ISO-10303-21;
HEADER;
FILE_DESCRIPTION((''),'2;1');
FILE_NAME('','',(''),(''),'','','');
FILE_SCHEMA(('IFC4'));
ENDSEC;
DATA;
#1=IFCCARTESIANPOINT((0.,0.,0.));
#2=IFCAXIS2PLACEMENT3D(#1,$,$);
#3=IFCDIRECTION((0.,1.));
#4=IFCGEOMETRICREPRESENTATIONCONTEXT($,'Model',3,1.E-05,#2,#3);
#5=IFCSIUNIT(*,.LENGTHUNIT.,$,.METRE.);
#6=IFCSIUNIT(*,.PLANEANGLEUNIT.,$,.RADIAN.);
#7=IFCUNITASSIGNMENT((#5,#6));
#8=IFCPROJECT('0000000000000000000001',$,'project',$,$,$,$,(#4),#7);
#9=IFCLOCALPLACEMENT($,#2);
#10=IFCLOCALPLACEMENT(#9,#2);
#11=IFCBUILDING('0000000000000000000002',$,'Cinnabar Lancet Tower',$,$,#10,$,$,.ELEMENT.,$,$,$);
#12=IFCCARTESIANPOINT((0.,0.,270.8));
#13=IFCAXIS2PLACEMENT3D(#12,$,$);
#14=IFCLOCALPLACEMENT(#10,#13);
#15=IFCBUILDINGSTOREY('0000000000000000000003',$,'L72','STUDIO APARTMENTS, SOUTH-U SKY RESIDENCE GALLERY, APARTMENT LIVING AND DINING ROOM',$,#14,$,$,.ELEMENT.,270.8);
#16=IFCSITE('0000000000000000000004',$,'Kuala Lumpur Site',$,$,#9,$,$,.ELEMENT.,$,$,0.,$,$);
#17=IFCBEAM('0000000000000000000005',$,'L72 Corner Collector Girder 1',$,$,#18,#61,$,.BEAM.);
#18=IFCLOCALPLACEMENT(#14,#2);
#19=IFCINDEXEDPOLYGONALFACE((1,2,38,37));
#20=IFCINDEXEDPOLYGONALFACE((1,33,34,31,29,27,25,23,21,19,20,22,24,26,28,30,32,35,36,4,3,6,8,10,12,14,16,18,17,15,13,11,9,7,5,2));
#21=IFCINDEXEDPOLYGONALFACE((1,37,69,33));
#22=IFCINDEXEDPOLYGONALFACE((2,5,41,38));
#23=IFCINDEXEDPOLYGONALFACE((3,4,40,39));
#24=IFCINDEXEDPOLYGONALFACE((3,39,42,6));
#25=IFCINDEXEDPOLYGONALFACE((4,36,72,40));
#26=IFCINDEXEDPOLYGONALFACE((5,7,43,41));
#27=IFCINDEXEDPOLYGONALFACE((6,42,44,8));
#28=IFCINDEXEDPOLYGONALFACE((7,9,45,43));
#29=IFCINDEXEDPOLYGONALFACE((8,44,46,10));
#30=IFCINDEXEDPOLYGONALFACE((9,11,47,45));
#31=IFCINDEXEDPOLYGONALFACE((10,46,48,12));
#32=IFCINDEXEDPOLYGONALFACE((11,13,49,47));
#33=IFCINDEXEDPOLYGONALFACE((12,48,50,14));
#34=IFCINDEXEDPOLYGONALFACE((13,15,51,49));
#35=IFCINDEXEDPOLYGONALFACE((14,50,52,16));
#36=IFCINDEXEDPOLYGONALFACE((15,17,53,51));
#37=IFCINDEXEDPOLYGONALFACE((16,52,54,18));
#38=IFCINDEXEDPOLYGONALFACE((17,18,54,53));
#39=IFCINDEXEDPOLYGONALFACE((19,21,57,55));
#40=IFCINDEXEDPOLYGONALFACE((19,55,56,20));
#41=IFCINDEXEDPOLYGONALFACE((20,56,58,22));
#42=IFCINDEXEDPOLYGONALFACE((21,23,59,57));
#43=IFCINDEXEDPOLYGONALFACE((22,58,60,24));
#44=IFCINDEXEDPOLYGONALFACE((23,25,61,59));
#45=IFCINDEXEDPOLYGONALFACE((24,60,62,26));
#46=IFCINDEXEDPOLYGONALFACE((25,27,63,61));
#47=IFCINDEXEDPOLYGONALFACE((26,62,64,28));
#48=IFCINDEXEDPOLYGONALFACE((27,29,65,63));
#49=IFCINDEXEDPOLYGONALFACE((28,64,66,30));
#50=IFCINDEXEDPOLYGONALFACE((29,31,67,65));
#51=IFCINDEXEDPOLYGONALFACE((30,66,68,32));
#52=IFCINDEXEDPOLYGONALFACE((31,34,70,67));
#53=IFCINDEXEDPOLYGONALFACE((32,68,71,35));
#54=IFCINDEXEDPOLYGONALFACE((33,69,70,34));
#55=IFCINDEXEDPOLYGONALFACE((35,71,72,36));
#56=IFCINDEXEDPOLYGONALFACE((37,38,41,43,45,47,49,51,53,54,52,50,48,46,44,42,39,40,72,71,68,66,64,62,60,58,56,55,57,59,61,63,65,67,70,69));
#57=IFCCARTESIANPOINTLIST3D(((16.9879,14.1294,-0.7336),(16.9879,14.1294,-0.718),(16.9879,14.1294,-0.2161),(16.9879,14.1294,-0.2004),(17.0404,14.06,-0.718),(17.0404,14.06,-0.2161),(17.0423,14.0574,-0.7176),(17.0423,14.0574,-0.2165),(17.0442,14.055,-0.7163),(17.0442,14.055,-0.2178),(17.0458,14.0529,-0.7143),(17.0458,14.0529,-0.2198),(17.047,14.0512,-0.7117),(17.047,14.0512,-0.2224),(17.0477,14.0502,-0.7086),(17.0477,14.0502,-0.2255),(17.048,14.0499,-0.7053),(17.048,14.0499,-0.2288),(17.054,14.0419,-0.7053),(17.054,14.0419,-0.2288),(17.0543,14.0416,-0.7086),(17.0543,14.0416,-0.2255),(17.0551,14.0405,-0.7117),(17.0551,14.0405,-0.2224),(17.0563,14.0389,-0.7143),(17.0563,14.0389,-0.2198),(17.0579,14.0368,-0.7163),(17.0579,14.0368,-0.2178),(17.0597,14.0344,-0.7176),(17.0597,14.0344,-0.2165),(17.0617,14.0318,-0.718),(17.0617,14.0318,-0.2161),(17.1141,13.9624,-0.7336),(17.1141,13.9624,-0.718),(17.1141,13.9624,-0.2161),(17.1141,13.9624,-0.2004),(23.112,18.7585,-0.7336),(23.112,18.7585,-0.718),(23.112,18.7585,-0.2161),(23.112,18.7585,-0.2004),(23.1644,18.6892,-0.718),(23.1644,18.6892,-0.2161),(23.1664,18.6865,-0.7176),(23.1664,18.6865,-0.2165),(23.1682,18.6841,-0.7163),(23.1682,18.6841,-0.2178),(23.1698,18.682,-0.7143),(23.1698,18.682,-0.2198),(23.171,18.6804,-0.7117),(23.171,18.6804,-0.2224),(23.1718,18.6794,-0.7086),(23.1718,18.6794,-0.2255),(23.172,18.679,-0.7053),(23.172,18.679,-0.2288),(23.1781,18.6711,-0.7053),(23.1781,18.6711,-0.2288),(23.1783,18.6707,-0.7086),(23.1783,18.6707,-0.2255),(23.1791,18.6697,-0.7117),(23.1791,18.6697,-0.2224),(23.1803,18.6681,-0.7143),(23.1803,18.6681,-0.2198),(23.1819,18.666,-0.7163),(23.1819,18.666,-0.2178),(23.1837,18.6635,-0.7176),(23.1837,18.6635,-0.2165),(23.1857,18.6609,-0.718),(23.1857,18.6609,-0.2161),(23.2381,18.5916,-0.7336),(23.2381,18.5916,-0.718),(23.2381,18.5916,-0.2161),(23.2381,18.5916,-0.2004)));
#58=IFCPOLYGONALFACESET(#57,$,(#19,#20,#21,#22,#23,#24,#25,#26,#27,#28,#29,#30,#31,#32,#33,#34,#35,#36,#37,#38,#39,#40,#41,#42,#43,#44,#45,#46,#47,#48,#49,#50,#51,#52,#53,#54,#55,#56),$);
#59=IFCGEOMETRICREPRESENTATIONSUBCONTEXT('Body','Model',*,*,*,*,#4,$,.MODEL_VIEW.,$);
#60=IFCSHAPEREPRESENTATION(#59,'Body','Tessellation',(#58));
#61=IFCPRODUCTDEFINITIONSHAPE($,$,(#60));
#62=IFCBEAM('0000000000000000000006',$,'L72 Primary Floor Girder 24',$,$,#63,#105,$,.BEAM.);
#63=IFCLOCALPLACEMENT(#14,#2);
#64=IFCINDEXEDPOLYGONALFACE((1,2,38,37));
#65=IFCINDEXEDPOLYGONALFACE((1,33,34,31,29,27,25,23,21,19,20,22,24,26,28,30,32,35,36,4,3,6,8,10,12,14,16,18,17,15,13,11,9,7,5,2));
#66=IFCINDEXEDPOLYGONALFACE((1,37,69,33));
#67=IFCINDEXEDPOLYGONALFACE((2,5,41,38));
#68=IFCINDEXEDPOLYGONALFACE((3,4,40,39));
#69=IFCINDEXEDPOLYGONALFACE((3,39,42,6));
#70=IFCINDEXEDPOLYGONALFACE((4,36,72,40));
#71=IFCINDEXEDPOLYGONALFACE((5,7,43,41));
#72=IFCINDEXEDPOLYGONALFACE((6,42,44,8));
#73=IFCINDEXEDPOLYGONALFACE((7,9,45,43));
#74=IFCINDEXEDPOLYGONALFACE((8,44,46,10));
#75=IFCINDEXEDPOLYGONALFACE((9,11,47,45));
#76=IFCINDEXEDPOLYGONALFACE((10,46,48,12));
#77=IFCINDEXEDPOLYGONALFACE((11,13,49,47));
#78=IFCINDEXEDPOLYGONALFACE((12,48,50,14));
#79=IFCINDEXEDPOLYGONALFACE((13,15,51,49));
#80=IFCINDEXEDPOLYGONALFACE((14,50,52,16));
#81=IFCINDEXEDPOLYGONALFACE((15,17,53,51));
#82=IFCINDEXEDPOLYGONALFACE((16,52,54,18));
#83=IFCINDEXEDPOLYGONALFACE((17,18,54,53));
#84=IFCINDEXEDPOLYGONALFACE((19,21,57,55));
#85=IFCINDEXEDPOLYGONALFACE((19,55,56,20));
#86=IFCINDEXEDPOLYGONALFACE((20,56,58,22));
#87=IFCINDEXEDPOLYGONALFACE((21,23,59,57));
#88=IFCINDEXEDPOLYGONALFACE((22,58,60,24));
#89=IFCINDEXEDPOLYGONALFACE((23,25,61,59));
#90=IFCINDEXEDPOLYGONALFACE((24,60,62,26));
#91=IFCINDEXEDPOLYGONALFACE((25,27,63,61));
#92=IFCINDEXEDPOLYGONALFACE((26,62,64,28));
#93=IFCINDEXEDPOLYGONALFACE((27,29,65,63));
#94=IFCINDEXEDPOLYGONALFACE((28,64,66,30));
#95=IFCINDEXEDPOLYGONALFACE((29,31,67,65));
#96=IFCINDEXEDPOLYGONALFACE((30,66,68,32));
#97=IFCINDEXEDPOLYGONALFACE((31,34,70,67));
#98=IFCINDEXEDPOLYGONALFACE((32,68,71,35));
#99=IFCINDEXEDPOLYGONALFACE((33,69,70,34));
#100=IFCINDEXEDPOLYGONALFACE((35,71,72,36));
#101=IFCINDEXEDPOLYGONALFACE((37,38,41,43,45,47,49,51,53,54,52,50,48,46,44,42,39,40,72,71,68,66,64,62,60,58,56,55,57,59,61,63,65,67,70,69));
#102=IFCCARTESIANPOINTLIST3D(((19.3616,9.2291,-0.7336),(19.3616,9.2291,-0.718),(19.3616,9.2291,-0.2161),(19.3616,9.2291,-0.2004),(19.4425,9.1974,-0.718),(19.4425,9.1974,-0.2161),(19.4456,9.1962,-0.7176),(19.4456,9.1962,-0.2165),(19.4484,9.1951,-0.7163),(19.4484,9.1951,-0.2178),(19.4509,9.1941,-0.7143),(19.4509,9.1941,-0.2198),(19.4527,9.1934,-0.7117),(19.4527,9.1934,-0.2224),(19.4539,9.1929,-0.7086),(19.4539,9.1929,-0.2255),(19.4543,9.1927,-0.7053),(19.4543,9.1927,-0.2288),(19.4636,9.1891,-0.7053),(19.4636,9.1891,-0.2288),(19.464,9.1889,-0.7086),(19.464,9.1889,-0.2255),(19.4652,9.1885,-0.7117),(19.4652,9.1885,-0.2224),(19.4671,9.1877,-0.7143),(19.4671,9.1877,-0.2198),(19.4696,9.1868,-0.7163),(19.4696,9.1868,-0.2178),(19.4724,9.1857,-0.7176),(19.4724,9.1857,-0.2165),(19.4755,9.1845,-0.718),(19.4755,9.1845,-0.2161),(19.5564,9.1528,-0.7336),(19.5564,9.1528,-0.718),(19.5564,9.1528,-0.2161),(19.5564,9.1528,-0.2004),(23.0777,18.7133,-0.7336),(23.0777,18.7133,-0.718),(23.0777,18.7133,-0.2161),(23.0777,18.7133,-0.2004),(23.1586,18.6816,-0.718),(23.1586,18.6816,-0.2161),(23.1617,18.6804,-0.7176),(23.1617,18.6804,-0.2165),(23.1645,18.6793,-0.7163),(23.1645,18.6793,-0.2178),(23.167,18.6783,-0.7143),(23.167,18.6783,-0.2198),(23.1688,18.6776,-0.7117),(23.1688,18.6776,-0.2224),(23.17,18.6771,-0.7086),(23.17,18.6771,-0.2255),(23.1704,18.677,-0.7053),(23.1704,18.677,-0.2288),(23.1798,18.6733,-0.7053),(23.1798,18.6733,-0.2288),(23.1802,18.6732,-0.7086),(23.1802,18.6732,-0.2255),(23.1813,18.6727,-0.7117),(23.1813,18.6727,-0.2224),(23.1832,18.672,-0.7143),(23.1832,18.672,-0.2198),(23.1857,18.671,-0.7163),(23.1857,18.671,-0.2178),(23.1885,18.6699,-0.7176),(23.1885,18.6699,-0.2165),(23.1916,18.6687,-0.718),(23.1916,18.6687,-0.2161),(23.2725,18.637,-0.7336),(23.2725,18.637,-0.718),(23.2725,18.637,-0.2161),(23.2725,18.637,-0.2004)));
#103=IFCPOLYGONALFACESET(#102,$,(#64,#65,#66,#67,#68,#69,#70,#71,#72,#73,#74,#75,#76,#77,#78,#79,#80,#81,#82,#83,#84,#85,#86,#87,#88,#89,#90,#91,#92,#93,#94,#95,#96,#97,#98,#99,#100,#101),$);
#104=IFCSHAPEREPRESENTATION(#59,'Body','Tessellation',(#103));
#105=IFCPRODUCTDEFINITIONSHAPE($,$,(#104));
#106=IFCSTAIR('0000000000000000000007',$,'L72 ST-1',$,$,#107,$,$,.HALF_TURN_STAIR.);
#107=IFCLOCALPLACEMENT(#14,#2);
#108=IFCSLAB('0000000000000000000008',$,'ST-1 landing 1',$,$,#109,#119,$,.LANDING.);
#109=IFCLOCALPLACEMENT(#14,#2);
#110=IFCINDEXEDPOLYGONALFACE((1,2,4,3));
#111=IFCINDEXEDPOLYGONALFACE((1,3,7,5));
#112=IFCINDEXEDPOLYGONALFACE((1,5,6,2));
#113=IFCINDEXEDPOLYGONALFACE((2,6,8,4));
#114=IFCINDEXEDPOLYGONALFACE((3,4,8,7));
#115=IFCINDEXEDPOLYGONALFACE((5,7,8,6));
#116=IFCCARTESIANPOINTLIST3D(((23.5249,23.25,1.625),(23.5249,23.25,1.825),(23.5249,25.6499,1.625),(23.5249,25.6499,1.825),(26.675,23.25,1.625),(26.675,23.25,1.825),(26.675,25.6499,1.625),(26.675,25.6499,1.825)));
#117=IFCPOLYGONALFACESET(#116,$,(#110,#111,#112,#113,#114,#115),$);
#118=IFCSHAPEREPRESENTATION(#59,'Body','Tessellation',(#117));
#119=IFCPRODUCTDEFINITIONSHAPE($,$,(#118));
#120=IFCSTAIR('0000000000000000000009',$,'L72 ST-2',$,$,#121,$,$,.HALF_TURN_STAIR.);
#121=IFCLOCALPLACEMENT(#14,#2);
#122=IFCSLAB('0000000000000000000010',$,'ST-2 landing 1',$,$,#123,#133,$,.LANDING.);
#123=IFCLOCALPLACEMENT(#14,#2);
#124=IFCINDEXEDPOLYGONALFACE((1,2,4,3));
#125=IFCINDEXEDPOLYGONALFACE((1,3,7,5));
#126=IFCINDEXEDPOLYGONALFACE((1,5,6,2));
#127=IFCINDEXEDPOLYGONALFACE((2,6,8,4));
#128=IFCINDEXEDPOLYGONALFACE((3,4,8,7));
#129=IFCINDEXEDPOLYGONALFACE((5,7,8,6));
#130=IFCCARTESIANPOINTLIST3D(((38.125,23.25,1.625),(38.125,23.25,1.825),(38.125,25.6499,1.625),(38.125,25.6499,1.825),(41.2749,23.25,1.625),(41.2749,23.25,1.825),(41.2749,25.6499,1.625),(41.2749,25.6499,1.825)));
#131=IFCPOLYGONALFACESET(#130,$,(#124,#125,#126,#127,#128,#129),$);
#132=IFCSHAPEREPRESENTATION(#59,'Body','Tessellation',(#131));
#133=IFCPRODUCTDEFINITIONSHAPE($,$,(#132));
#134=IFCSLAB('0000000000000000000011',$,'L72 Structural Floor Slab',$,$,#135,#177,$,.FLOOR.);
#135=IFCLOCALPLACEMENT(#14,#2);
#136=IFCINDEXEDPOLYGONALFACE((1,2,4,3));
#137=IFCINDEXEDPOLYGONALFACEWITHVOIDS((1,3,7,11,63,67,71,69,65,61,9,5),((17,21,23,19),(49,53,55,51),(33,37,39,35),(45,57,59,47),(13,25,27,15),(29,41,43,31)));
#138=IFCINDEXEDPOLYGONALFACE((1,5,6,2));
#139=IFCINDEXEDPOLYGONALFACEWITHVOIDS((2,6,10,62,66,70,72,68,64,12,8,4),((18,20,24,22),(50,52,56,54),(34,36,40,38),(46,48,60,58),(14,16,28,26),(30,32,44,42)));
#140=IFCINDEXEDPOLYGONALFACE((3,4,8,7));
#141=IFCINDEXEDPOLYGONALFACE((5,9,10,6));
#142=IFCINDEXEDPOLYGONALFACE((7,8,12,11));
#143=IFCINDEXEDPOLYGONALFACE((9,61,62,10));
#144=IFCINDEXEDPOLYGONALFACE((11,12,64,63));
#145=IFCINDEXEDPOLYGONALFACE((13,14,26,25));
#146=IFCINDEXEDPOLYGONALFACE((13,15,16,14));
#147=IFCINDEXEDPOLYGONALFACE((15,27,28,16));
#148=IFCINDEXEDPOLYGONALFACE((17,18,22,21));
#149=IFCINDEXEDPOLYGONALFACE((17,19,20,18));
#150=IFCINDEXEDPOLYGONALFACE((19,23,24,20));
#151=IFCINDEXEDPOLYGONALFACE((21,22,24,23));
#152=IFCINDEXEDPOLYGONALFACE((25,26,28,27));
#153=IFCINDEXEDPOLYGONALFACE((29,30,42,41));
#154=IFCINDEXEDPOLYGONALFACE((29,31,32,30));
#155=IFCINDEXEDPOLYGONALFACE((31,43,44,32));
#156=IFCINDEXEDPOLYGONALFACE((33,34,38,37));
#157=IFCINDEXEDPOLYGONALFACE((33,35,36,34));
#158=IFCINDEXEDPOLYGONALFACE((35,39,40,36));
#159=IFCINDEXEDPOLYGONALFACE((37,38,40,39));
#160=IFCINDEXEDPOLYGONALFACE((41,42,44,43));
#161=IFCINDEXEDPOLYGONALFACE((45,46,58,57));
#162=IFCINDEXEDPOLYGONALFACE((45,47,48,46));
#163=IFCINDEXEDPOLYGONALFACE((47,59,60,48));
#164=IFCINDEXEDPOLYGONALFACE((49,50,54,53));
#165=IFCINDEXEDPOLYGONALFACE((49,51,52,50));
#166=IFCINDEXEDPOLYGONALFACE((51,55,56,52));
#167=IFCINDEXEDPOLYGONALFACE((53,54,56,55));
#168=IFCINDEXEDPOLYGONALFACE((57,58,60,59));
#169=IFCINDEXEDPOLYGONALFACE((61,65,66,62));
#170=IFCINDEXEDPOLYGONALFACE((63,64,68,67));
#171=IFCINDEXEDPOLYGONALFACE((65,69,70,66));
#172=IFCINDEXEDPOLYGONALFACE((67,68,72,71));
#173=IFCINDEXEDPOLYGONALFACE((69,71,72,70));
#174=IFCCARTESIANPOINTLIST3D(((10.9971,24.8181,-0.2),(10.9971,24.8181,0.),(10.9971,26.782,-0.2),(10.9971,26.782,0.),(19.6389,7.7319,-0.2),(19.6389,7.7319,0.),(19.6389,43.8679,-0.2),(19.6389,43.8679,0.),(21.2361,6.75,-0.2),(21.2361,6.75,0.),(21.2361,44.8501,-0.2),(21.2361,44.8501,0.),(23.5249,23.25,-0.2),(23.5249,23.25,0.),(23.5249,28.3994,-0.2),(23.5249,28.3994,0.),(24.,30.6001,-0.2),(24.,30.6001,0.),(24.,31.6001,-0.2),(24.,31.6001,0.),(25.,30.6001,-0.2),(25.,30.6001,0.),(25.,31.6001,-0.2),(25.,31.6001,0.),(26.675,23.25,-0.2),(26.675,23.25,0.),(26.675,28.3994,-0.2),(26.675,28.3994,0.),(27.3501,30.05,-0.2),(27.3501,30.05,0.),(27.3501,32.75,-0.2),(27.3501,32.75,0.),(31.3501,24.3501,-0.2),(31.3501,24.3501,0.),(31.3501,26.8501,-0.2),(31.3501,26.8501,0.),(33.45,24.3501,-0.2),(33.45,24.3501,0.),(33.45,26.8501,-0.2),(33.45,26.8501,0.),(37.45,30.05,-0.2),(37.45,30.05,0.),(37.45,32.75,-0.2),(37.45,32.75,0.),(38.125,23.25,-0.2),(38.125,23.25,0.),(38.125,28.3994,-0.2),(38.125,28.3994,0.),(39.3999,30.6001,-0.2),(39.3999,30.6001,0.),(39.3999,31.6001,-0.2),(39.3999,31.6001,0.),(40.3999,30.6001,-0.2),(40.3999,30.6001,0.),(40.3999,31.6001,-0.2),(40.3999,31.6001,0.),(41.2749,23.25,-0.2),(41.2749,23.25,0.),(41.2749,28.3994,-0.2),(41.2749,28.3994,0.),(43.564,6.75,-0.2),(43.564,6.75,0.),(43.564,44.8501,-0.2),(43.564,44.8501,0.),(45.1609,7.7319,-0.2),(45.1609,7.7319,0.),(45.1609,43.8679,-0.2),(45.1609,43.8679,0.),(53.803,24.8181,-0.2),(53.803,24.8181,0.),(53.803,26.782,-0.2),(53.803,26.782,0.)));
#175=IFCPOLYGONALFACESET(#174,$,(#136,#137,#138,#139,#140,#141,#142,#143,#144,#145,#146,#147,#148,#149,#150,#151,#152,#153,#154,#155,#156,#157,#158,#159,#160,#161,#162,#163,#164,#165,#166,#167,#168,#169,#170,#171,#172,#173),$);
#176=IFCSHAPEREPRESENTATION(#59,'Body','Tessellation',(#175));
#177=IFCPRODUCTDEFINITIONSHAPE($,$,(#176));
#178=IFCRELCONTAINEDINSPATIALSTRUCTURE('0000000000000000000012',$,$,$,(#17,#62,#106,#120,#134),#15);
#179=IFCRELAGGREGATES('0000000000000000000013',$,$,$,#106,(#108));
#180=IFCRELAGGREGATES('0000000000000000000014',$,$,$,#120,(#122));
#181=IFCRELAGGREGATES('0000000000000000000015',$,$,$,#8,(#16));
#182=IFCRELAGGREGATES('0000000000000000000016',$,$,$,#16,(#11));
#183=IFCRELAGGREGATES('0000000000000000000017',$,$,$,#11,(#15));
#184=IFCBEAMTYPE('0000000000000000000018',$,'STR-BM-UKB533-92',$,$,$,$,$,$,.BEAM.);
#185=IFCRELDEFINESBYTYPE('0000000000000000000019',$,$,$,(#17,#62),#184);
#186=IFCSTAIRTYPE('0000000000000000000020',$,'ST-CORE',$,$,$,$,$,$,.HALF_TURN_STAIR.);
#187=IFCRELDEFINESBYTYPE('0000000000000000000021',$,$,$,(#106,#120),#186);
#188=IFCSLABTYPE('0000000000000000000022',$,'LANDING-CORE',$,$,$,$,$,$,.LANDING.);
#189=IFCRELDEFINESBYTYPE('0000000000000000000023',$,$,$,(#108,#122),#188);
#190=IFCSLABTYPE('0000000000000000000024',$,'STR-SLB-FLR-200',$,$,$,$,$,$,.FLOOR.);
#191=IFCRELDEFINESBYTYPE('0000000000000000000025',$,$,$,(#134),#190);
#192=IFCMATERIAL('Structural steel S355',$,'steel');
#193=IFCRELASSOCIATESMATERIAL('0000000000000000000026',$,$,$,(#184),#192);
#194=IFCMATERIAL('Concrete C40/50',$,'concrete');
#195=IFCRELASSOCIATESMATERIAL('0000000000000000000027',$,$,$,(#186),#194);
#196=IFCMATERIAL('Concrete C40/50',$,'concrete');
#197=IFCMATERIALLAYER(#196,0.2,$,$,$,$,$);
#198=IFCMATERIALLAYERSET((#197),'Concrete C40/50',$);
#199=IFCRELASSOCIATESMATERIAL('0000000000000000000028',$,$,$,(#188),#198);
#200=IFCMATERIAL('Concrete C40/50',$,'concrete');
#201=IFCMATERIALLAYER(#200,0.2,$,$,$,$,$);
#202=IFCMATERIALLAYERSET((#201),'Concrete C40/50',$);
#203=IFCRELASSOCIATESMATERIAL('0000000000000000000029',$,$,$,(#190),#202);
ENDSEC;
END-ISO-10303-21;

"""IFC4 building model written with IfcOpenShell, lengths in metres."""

from ifc_helpers import new_model, si_unit, direction, frame, origin, origin_2d, place, context, subcontext, project, spatial, polyline, i_section, outline, extrude, material, layer, layer_set, material_profile, profile_set, type_object, element, aggregate, save


model = new_model("IFC4")

# Units and contexts
model_context = context("Model", 3, precision=1e-05, world=origin(), true_north=direction((0.0, 1.0)))
body_context = subcontext(model_context, "Body", "Model", "MODEL_VIEW")
ifc_project = project(units=[si_unit("LENGTHUNIT", "METRE"), si_unit("PLANEANGLEUNIT", "RADIAN")], contexts=[model_context])

# Site, building, storey
site_placement = place(None, origin())
site = spatial("IfcSite", under=ifc_project, at=site_placement, Name="Kuala Lumpur Site", CompositionType="ELEMENT", RefElevation=0.0)
building_placement = place(site_placement, origin())
building = spatial("IfcBuilding", under=site, at=building_placement, Name="Cinnabar Lancet Tower", CompositionType="ELEMENT")
storey_placement = place(building_placement, frame((0.0, 0.0, 270.8)))
storey = spatial("IfcBuildingStorey", under=building, at=storey_placement, Name="L72", Description="STUDIO APARTMENTS, SOUTH-U SKY RESIDENCE GALLERY, APARTMENT LIVING AND DINING ROOM", CompositionType="ELEMENT", Elevation=270.8)

# Beams
ifc_material_1 = material(Name="Structural steel S355", Category="steel")
ifc_material_profile_1 = material_profile(ifc_material_1, i_section(OverallWidth=0.2092, OverallDepth=0.5332, WebThickness=0.01, FlangeThickness=0.0156, FilletRadius=0.0127, at=origin_2d()), Name="UKB 533x210x92")
ifc_profile_set_1 = profile_set([ifc_material_profile_1], Name="Structural steel S355")
beam_type_1 = type_object("IfcBeamType", Name="STR-BM-UKB533-92", PredefinedType="BEAM", material=ifc_profile_set_1)
beam_1_placement = place(storey_placement, frame((17.051, 14.0459, -0.467), z_axis=(0.797735, 0.603008, 0.0), x_axis=(-0.603008, 0.797735, 0.0)))
element("IfcBeam", 1, at=beam_1_placement, inside=storey, type_object=beam_type_1, Name="L72 Corner Collector Girder 1", PredefinedType="BEAM", context=body_context, shape_type="SweptSolid", body=[
    extrude(i_section(OverallWidth=0.2092, OverallDepth=0.5332, WebThickness=0.01, FlangeThickness=0.0156, FilletRadius=0.0127, at=origin_2d()), origin(), (0.0, 0.0, 1.0), 7.6768),
])
beam_2_placement = place(storey_placement, frame((19.459, 9.1909, -0.467), z_axis=(0.364815, 0.93108, 0.0), x_axis=(-0.93108, 0.364815, 0.0)))
element("IfcBeam", 2, at=beam_2_placement, inside=storey, type_object=beam_type_1, Name="L72 Primary Floor Girder 24", PredefinedType="BEAM", context=body_context, shape_type="SweptSolid", body=[
    extrude(i_section(OverallWidth=0.2092, OverallDepth=0.5332, WebThickness=0.01, FlangeThickness=0.0156, FilletRadius=0.0127, at=origin_2d()), origin(), (0.0, 0.0, 1.0), 10.1863),
])

# Stairs, slabs
ifc_material_2 = material(Name="Concrete C40/50", Category="concrete")
stair_type = type_object("IfcStairType", Name="ST-CORE", PredefinedType="HALF_TURN_STAIR", material=ifc_material_2)
stair_1_placement = place(storey_placement, origin())
stair_1 = element("IfcStair", 3, at=stair_1_placement, inside=storey, type_object=stair_type, Name="L72 ST-1", PredefinedType="HALF_TURN_STAIR")
ifc_material_3 = material(Name="Concrete C40/50", Category="concrete")
ifc_layer_1 = layer(ifc_material_3, 0.2)
ifc_layer_set_1 = layer_set([ifc_layer_1], Name="Concrete C40/50")
slab_type_1 = type_object("IfcSlabType", Name="LANDING-CORE", PredefinedType="LANDING", material=ifc_layer_set_1)
slab_1_placement = place(storey_placement, frame((0.0, 0.0, 1.625)))
slab_1 = element("IfcSlab", 4, at=slab_1_placement, type_object=slab_type_1, Name="ST-1 landing 1", PredefinedType="LANDING", context=body_context, shape_type="SweptSolid", body=[
    extrude(outline(polyline([(23.5249, 25.6499), (23.5249, 23.25), (26.675, 23.25), (26.675, 25.6499), (23.5249, 25.6499)])), origin(), (0.0, 0.0, 1.0), 0.2),
])
aggregate(stair_1, [slab_1])
stair_2_placement = place(storey_placement, origin())
stair_2 = element("IfcStair", 5, at=stair_2_placement, inside=storey, type_object=stair_type, Name="L72 ST-2", PredefinedType="HALF_TURN_STAIR")
slab_2_placement = place(storey_placement, frame((0.0, 0.0, 1.625)))
slab_2 = element("IfcSlab", 6, at=slab_2_placement, type_object=slab_type_1, Name="ST-2 landing 1", PredefinedType="LANDING", context=body_context, shape_type="SweptSolid", body=[
    extrude(outline(polyline([(38.125, 25.6499), (38.125, 23.25), (41.2749, 23.25), (41.2749, 25.6499), (38.125, 25.6499)])), origin(), (0.0, 0.0, 1.0), 0.2),
])
aggregate(stair_2, [slab_2])

# Slab
ifc_material_4 = material(Name="Concrete C40/50", Category="concrete")
ifc_layer_2 = layer(ifc_material_4, 0.2)
ifc_layer_set_2 = layer_set([ifc_layer_2], Name="Concrete C40/50")
slab_type_2 = type_object("IfcSlabType", Name="STR-SLB-FLR-200", PredefinedType="FLOOR", material=ifc_layer_set_2)
slab_3_placement = place(storey_placement, frame((0.0, 0.0, -0.2)))
element("IfcSlab", 7, at=slab_3_placement, inside=storey, type_object=slab_type_2, Name="L72 Structural Floor Slab", PredefinedType="FLOOR", context=body_context, shape_type="SweptSolid", body=[
    extrude(outline(polyline([(19.6389, 7.7319), (21.2361, 6.75), (43.564, 6.75), (45.1609, 7.7319), (53.803, 24.8181), (53.803, 26.782), (45.1609, 43.8679), (43.564, 44.8501), (21.2361, 44.8501), (19.6389, 43.8679), (10.9971, 26.782), (10.9971, 24.8181), (19.6389, 7.7319)]), holes=[polyline([(23.5249, 23.25), (26.675, 23.25), (26.675, 28.3994), (23.5249, 28.3994), (23.5249, 23.25)]), polyline([(38.125, 23.25), (41.2749, 23.25), (41.2749, 28.3994), (38.125, 28.3994), (38.125, 23.25)]), polyline([(27.3501, 30.05), (37.45, 30.05), (37.45, 32.75), (27.3501, 32.75), (27.3501, 30.05)]), polyline([(31.3501, 24.3501), (33.45, 24.3501), (33.45, 26.8501), (31.3501, 26.8501), (31.3501, 24.3501)]), polyline([(24.0, 30.6001), (25.0, 30.6001), (25.0, 31.6001), (24.0, 31.6001), (24.0, 30.6001)]), polyline([(39.3999, 30.6001), (40.3999, 30.6001), (40.3999, 31.6001), (39.3999, 31.6001), (39.3999, 30.6001)])]), origin(), (0.0, 0.0, 1.0), 0.2),
])

save(model, "model.ifc")
